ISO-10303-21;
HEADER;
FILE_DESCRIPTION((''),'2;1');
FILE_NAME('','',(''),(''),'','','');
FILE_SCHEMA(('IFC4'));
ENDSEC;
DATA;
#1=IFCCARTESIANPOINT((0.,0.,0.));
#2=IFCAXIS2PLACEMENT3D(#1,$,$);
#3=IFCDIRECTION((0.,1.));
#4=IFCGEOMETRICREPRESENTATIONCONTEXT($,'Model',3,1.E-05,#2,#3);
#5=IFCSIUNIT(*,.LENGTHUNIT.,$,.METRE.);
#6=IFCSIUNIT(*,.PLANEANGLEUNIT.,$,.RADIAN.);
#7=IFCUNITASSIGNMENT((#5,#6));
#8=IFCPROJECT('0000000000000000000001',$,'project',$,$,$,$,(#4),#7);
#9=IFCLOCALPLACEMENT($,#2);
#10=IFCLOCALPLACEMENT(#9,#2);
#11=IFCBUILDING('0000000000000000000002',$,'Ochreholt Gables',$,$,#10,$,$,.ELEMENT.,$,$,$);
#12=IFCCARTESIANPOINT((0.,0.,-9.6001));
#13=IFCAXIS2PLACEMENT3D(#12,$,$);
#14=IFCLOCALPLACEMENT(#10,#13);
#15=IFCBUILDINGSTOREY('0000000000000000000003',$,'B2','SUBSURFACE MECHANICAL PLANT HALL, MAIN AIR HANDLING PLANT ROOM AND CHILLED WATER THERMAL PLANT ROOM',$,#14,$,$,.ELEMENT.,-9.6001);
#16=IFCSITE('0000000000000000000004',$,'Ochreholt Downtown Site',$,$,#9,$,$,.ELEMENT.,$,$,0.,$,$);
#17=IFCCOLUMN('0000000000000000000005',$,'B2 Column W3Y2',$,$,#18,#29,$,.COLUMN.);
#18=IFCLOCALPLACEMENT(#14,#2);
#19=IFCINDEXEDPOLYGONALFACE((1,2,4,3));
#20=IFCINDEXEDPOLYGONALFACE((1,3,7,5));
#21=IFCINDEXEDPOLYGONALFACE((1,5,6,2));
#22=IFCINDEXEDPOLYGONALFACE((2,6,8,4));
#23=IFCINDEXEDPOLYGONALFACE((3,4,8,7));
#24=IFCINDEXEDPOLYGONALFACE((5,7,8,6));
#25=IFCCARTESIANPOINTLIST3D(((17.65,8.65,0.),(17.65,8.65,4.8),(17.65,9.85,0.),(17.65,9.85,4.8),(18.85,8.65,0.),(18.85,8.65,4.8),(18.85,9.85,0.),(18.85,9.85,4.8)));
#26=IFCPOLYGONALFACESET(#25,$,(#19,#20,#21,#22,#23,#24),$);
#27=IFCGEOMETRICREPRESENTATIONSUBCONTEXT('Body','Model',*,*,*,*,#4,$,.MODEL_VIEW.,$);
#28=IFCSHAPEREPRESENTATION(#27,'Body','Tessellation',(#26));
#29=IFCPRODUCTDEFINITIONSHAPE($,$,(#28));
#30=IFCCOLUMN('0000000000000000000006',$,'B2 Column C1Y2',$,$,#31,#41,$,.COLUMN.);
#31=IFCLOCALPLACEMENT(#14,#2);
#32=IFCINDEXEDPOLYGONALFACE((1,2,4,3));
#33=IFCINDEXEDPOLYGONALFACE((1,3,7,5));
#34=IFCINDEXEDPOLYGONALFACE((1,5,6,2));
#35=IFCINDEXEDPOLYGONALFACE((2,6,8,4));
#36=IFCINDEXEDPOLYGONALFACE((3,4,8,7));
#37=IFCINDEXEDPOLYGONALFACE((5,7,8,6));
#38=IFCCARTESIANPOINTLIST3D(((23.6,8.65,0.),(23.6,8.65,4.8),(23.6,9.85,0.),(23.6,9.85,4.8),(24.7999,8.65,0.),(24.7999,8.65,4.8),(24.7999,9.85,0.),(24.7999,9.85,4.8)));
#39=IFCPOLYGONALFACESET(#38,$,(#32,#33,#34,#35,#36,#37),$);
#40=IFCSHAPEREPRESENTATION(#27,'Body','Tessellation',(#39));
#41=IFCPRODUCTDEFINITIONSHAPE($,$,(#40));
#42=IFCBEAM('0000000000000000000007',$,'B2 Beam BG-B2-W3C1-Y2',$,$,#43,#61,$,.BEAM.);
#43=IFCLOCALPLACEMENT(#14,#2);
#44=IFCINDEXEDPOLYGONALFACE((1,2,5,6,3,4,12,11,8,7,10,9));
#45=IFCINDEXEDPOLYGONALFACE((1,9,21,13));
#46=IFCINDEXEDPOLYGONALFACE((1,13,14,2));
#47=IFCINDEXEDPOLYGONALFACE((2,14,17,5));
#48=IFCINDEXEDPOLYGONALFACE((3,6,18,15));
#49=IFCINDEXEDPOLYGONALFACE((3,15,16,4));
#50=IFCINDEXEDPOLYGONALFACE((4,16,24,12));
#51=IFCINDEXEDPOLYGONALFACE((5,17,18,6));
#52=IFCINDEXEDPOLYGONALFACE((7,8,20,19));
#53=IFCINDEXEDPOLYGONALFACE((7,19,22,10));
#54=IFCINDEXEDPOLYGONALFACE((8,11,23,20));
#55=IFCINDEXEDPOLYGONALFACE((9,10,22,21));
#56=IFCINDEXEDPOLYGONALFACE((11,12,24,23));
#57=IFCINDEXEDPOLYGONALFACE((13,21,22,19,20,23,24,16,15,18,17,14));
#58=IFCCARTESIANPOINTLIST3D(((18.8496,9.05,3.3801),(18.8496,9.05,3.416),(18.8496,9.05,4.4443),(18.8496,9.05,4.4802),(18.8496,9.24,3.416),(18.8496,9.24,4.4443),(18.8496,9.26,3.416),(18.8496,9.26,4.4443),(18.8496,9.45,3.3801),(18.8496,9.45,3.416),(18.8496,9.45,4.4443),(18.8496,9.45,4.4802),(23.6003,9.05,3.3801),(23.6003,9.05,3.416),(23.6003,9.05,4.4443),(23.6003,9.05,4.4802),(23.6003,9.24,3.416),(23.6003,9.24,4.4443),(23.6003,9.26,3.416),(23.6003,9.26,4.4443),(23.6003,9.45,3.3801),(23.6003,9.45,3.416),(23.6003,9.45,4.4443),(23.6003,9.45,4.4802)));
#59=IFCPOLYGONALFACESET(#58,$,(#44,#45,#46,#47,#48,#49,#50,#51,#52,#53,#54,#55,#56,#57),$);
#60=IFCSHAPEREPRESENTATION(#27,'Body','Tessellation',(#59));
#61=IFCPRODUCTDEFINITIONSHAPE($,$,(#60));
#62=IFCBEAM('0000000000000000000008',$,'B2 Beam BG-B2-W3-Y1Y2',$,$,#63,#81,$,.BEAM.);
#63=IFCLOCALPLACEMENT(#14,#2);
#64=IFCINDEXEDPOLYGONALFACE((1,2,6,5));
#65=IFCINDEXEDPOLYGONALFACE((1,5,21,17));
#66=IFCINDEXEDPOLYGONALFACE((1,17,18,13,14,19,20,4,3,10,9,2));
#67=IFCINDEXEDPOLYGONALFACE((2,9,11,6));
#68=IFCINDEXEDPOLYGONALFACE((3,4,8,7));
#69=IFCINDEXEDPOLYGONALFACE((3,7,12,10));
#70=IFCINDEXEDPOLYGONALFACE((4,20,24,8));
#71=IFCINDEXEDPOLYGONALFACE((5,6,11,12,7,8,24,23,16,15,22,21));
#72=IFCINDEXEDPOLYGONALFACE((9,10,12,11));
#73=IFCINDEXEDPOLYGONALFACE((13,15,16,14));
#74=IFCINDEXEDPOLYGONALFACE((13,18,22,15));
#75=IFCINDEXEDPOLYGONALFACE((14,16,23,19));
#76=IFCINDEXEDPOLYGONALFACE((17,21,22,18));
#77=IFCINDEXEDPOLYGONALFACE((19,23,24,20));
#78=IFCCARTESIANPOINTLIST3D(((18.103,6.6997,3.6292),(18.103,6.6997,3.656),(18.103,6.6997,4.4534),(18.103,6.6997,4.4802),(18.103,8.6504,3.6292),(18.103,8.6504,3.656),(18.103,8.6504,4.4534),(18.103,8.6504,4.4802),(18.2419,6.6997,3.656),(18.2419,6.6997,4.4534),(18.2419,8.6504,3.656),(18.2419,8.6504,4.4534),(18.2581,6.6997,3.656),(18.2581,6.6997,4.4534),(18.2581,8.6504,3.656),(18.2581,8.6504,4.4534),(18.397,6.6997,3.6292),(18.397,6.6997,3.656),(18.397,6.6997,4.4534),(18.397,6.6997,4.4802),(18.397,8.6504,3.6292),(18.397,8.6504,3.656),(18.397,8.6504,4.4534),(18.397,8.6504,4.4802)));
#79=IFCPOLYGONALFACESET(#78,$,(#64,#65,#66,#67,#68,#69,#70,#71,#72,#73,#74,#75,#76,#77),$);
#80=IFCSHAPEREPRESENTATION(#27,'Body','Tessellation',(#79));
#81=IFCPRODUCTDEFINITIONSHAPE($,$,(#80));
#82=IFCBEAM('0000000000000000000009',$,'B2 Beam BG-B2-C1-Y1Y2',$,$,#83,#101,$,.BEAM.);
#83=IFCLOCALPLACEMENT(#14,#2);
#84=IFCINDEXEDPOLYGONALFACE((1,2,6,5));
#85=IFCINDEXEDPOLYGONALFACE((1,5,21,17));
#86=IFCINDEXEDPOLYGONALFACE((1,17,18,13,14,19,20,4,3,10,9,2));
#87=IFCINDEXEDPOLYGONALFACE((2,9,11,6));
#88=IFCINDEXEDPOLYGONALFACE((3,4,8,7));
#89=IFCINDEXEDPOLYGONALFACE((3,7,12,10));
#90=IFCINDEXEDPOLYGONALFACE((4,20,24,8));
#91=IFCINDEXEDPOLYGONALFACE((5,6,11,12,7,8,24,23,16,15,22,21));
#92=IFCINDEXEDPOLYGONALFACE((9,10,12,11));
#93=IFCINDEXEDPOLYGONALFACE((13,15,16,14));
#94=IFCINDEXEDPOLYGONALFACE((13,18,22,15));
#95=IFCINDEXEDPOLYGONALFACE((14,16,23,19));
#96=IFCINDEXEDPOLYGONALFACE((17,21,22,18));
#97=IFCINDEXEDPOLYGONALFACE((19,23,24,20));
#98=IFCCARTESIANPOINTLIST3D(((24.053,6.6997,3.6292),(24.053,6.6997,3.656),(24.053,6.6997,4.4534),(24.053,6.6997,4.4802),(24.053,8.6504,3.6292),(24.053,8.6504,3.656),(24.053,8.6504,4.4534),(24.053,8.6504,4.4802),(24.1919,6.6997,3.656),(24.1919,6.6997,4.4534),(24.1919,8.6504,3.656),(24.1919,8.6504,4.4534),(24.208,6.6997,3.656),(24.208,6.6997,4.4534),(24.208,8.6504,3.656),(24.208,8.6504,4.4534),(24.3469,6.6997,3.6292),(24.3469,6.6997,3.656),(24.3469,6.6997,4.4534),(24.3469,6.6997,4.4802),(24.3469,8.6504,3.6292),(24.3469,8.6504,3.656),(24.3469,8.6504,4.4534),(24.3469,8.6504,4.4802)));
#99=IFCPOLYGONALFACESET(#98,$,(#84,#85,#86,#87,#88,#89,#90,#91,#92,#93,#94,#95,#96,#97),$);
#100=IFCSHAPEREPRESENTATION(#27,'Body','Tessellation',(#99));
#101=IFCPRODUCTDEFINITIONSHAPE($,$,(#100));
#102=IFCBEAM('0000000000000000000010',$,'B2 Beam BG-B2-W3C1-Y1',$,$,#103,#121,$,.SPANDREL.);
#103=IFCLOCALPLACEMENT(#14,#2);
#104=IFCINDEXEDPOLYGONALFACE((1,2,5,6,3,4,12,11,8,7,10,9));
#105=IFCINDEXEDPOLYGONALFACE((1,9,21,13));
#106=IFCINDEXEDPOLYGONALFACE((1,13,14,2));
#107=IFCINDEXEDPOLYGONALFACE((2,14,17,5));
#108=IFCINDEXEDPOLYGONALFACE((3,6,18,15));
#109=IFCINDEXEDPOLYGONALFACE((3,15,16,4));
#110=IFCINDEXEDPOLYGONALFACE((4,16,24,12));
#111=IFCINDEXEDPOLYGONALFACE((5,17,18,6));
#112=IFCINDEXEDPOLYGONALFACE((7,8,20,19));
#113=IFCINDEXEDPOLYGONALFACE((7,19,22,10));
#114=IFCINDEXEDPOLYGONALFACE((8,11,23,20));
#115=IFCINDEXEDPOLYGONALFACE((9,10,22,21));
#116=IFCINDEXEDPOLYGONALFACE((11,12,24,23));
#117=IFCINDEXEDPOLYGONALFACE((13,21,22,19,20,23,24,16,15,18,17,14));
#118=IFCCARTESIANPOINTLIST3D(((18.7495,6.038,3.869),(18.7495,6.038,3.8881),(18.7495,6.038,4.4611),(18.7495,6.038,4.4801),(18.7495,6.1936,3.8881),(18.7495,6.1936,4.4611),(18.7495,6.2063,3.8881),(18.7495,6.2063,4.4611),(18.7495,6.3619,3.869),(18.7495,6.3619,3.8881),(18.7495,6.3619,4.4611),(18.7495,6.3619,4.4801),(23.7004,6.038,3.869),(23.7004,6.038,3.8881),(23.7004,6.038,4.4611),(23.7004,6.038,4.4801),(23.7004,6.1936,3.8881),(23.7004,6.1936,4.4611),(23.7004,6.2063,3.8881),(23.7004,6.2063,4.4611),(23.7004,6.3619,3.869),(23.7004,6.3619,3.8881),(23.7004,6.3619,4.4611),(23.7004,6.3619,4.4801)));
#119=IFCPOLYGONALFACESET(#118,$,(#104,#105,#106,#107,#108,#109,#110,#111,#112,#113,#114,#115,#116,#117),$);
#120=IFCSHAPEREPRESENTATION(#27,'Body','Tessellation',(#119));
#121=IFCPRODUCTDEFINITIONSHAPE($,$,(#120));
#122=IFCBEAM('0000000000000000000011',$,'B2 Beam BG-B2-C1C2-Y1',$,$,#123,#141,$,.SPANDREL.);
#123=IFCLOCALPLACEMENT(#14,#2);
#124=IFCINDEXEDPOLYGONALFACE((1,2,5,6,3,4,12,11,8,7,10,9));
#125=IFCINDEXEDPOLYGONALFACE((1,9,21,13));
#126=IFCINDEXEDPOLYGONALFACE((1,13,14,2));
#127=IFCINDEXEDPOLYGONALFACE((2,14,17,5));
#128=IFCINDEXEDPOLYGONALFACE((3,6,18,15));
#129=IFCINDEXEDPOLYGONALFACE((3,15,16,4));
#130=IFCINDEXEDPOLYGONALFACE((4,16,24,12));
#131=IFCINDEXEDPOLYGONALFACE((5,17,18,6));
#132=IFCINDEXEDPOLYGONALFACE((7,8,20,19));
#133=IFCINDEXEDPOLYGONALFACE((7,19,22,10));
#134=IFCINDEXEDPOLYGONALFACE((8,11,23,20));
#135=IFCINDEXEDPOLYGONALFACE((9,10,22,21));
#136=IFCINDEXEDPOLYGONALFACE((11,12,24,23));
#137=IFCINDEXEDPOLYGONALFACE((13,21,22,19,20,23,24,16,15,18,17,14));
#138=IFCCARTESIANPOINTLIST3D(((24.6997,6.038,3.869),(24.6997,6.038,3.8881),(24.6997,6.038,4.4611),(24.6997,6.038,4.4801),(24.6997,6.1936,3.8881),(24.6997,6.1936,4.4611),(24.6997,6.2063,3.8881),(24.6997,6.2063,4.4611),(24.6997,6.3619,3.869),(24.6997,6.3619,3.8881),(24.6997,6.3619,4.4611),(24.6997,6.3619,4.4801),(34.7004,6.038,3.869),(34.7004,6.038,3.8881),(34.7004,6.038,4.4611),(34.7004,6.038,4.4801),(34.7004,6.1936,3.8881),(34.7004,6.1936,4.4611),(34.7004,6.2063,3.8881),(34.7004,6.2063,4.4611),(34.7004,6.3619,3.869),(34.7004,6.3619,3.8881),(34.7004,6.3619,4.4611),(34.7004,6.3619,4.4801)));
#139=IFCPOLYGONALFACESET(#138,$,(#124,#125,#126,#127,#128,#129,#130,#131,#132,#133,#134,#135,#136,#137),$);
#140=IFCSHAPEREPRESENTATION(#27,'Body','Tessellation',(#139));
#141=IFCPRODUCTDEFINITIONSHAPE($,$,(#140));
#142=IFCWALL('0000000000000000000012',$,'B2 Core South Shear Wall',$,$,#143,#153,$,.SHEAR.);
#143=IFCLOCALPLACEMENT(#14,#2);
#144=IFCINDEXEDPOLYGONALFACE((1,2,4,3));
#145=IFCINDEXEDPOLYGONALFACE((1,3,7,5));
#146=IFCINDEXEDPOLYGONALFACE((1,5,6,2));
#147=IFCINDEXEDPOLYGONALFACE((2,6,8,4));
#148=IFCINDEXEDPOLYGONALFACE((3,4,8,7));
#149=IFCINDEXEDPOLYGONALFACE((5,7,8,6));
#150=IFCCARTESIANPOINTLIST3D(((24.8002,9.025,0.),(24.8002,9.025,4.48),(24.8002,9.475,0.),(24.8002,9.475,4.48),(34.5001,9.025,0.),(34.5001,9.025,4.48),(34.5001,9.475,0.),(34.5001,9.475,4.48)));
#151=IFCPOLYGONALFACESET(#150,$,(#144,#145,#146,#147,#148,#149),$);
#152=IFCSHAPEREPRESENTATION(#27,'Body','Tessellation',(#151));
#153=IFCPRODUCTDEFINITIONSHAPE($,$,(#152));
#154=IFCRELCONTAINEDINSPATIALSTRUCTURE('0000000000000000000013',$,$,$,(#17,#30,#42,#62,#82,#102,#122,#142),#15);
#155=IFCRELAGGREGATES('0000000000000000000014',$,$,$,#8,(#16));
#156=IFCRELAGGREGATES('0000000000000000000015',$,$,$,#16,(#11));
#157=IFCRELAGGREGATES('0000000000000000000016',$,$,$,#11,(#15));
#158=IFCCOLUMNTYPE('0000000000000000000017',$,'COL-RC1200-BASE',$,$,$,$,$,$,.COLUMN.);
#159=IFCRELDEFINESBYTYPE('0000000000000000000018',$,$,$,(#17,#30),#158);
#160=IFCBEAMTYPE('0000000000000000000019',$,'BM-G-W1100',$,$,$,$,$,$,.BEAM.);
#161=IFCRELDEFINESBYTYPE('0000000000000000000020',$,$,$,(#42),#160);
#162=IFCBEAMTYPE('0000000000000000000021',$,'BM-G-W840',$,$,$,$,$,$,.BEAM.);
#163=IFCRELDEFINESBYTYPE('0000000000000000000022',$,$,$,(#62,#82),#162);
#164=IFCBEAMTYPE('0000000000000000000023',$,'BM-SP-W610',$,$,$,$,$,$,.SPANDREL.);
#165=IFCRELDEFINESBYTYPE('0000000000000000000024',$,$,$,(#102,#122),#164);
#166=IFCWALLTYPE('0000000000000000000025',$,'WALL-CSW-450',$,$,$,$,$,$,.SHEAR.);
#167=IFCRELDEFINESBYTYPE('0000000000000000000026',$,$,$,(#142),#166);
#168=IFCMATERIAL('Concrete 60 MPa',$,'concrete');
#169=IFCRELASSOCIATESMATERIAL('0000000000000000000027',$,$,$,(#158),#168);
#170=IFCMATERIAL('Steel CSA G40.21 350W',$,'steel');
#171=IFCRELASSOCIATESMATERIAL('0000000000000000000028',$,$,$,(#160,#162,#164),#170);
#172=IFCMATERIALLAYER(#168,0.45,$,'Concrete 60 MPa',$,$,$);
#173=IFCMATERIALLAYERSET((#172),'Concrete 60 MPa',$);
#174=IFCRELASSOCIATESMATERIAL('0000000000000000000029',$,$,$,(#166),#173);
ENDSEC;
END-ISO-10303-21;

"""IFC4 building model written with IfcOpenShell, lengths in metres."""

from ifc_helpers import new_model, si_unit, direction, frame, frame_2d, origin, origin_2d, place, context, subcontext, project, spatial, rectangle, i_section, extrude, material, layer, layer_set, material_profile, profile_set, type_object, element, save


model = new_model("IFC4")

# Units and contexts
model_context = context("Model", 3, precision=1e-05, world=origin(), true_north=direction((0.0, 1.0)))
body_context = subcontext(model_context, "Body", "Model", "MODEL_VIEW")
ifc_project = project(units=[si_unit("LENGTHUNIT", "METRE"), si_unit("PLANEANGLEUNIT", "RADIAN")], contexts=[model_context])

# Site, building, storey
site_placement = place(None, origin())
site = spatial("IfcSite", under=ifc_project, at=site_placement, Name="Ochreholt Downtown Site", CompositionType="ELEMENT", RefElevation=0.0)
building_placement = place(site_placement, origin())
building = spatial("IfcBuilding", under=site, at=building_placement, Name="Ochreholt Gables", CompositionType="ELEMENT")
storey_placement = place(building_placement, frame((0.0, 0.0, -9.6001)))
storey = spatial("IfcBuildingStorey", under=building, at=storey_placement, Name="B2", Description="SUBSURFACE MECHANICAL PLANT HALL, MAIN AIR HANDLING PLANT ROOM AND CHILLED WATER THERMAL PLANT ROOM", CompositionType="ELEMENT", Elevation=-9.6001)

# Columns
ifc_material_1 = material(Name="Concrete 60 MPa", Category="concrete")
ifc_material_profile_1 = material_profile(ifc_material_1, rectangle(XDim=1.2, YDim=1.2, at=origin_2d()), Name="RC1200X1200")
ifc_profile_set_1 = profile_set([ifc_material_profile_1], Name="Concrete 60 MPa")
column_type_1 = type_object("IfcColumnType", Name="COL-RC1200-BASE", PredefinedType="COLUMN", material=ifc_profile_set_1)
for number, where, z_axis, x_axis, name in (
    (1, (18.25, 9.25, 0.0), (0.0, 0.0, 1.0), (1.0, 0.0, 0.0), "B2 Column W3Y2"),
    (2, (24.2, 9.25, 0.0), (0.0, 0.0, 1.0), (1.0, 0.0, 0.0), "B2 Column C1Y2"),
):
    element("IfcColumn", number, at=place(storey_placement, frame(where, z_axis=z_axis, x_axis=x_axis)), inside=storey, type_object=column_type_1, Name=name, PredefinedType="COLUMN", context=body_context, shape_type="SweptSolid", body=[
        extrude(rectangle(XDim=1.2, YDim=1.2, at=origin_2d()), origin(), (0.0, 0.0, 1.0), 4.8),
    ])

# Beams
ifc_material_2 = material(Name="Steel CSA G40.21 350W", Category="steel")
ifc_material_profile_2 = material_profile(ifc_material_2, i_section(OverallWidth=0.3999, OverallDepth=1.1001, WebThickness=0.02, FlangeThickness=0.0359, at=origin_2d()), Name="W1100X390")
ifc_profile_set_2 = profile_set([ifc_material_profile_2], Name="Steel CSA G40.21 350W")
beam_type_1 = type_object("IfcBeamType", Name="BM-G-W1100", PredefinedType="BEAM", material=ifc_profile_set_2)
beam_1_placement = place(storey_placement, frame((18.8496, 9.25, 3.9302), z_axis=(1.0, 0.0, 0.0), x_axis=(0.0, 1.0, 0.0)))
element("IfcBeam", 3, at=beam_1_placement, inside=storey, type_object=beam_type_1, Name="B2 Beam BG-B2-W3C1-Y2", PredefinedType="BEAM", context=body_context, shape_type="SweptSolid", body=[
    extrude(i_section(OverallWidth=0.3999, OverallDepth=1.1001, WebThickness=0.02, FlangeThickness=0.0359, at=origin_2d()), origin(), (0.0, 0.0, 1.0), 4.7507),
])
ifc_material_profile_3 = material_profile(ifc_material_2, i_section(OverallWidth=0.2939, OverallDepth=0.8511, WebThickness=0.0161, FlangeThickness=0.0269, at=origin_2d()), Name="W840X226")
ifc_profile_set_3 = profile_set([ifc_material_profile_3], Name="Steel CSA G40.21 350W")
beam_type_2 = type_object("IfcBeamType", Name="BM-G-W840", PredefinedType="BEAM", material=ifc_profile_set_3)
for number, where, z_axis, x_axis, name in (
    (4, (18.25, 6.6997, 4.0547), (0.0, 1.0, 0.0), (-1.0, 0.0, 0.0), "B2 Beam BG-B2-W3-Y1Y2"),
    (5, (24.2, 6.6997, 4.0547), (0.0, 1.0, 0.0), (-1.0, 0.0, 0.0), "B2 Beam BG-B2-C1-Y1Y2"),
):
    element("IfcBeam", number, at=place(storey_placement, frame(where, z_axis=z_axis, x_axis=x_axis)), inside=storey, type_object=beam_type_2, Name=name, PredefinedType="BEAM", context=body_context, shape_type="SweptSolid", body=[
        extrude(i_section(OverallWidth=0.2939, OverallDepth=0.8511, WebThickness=0.0161, FlangeThickness=0.0269, at=origin_2d()), origin(), (0.0, 0.0, 1.0), 1.9507),
    ])
ifc_material_profile_4 = material_profile(ifc_material_2, i_section(OverallWidth=0.324, OverallDepth=0.6111, WebThickness=0.0127, FlangeThickness=0.019, at=origin_2d()), Name="W610X155")
ifc_profile_set_4 = profile_set([ifc_material_profile_4], Name="Steel CSA G40.21 350W")
beam_type_3 = type_object("IfcBeamType", Name="BM-SP-W610", PredefinedType="SPANDREL", material=ifc_profile_set_4)
beam_2_placement = place(storey_placement, frame((18.7495, 6.2, 4.1746), z_axis=(1.0, 0.0, 0.0), x_axis=(0.0, 1.0, 0.0)))
element("IfcBeam", 6, at=beam_2_placement, inside=storey, type_object=beam_type_3, Name="B2 Beam BG-B2-W3C1-Y1", PredefinedType="SPANDREL", context=body_context, shape_type="SweptSolid", body=[
    extrude(i_section(OverallWidth=0.324, OverallDepth=0.6111, WebThickness=0.0127, FlangeThickness=0.019, at=origin_2d()), origin(), (0.0, 0.0, 1.0), 4.9509),
])
beam_3_placement = place(storey_placement, frame((24.6997, 6.2, 4.1746), z_axis=(1.0, 0.0, 0.0), x_axis=(0.0, 1.0, 0.0)))
element("IfcBeam", 7, at=beam_3_placement, inside=storey, type_object=beam_type_3, Name="B2 Beam BG-B2-C1C2-Y1", PredefinedType="SPANDREL", context=body_context, shape_type="SweptSolid", body=[
    extrude(i_section(OverallWidth=0.324, OverallDepth=0.6111, WebThickness=0.0127, FlangeThickness=0.019, at=origin_2d()), origin(), (0.0, 0.0, 1.0), 10.0007),
])

# Wall
ifc_layer_1 = layer(ifc_material_1, 0.45, Name="Concrete 60 MPa")
ifc_layer_set_1 = layer_set([ifc_layer_1], Name="Concrete 60 MPa")
wall_type_1 = type_object("IfcWallType", Name="WALL-CSW-450", PredefinedType="SHEAR", material=ifc_layer_set_1)
wall_1_placement = place(storey_placement, frame((24.8, 9.25, 0.0), z_axis=(0.0, 0.0, 1.0), x_axis=(1.0, 0.0, 0.0)))
element("IfcWall", 8, at=wall_1_placement, inside=storey, type_object=wall_type_1, Name="B2 Core South Shear Wall", PredefinedType="SHEAR", context=body_context, shape_type="SweptSolid", body=[
    extrude(rectangle(XDim=9.7, YDim=0.45, at=frame_2d((4.8501, 0.0))), origin(), (0.0, 0.0, 1.0), 4.48),
])

save(model, "model.ifc")
